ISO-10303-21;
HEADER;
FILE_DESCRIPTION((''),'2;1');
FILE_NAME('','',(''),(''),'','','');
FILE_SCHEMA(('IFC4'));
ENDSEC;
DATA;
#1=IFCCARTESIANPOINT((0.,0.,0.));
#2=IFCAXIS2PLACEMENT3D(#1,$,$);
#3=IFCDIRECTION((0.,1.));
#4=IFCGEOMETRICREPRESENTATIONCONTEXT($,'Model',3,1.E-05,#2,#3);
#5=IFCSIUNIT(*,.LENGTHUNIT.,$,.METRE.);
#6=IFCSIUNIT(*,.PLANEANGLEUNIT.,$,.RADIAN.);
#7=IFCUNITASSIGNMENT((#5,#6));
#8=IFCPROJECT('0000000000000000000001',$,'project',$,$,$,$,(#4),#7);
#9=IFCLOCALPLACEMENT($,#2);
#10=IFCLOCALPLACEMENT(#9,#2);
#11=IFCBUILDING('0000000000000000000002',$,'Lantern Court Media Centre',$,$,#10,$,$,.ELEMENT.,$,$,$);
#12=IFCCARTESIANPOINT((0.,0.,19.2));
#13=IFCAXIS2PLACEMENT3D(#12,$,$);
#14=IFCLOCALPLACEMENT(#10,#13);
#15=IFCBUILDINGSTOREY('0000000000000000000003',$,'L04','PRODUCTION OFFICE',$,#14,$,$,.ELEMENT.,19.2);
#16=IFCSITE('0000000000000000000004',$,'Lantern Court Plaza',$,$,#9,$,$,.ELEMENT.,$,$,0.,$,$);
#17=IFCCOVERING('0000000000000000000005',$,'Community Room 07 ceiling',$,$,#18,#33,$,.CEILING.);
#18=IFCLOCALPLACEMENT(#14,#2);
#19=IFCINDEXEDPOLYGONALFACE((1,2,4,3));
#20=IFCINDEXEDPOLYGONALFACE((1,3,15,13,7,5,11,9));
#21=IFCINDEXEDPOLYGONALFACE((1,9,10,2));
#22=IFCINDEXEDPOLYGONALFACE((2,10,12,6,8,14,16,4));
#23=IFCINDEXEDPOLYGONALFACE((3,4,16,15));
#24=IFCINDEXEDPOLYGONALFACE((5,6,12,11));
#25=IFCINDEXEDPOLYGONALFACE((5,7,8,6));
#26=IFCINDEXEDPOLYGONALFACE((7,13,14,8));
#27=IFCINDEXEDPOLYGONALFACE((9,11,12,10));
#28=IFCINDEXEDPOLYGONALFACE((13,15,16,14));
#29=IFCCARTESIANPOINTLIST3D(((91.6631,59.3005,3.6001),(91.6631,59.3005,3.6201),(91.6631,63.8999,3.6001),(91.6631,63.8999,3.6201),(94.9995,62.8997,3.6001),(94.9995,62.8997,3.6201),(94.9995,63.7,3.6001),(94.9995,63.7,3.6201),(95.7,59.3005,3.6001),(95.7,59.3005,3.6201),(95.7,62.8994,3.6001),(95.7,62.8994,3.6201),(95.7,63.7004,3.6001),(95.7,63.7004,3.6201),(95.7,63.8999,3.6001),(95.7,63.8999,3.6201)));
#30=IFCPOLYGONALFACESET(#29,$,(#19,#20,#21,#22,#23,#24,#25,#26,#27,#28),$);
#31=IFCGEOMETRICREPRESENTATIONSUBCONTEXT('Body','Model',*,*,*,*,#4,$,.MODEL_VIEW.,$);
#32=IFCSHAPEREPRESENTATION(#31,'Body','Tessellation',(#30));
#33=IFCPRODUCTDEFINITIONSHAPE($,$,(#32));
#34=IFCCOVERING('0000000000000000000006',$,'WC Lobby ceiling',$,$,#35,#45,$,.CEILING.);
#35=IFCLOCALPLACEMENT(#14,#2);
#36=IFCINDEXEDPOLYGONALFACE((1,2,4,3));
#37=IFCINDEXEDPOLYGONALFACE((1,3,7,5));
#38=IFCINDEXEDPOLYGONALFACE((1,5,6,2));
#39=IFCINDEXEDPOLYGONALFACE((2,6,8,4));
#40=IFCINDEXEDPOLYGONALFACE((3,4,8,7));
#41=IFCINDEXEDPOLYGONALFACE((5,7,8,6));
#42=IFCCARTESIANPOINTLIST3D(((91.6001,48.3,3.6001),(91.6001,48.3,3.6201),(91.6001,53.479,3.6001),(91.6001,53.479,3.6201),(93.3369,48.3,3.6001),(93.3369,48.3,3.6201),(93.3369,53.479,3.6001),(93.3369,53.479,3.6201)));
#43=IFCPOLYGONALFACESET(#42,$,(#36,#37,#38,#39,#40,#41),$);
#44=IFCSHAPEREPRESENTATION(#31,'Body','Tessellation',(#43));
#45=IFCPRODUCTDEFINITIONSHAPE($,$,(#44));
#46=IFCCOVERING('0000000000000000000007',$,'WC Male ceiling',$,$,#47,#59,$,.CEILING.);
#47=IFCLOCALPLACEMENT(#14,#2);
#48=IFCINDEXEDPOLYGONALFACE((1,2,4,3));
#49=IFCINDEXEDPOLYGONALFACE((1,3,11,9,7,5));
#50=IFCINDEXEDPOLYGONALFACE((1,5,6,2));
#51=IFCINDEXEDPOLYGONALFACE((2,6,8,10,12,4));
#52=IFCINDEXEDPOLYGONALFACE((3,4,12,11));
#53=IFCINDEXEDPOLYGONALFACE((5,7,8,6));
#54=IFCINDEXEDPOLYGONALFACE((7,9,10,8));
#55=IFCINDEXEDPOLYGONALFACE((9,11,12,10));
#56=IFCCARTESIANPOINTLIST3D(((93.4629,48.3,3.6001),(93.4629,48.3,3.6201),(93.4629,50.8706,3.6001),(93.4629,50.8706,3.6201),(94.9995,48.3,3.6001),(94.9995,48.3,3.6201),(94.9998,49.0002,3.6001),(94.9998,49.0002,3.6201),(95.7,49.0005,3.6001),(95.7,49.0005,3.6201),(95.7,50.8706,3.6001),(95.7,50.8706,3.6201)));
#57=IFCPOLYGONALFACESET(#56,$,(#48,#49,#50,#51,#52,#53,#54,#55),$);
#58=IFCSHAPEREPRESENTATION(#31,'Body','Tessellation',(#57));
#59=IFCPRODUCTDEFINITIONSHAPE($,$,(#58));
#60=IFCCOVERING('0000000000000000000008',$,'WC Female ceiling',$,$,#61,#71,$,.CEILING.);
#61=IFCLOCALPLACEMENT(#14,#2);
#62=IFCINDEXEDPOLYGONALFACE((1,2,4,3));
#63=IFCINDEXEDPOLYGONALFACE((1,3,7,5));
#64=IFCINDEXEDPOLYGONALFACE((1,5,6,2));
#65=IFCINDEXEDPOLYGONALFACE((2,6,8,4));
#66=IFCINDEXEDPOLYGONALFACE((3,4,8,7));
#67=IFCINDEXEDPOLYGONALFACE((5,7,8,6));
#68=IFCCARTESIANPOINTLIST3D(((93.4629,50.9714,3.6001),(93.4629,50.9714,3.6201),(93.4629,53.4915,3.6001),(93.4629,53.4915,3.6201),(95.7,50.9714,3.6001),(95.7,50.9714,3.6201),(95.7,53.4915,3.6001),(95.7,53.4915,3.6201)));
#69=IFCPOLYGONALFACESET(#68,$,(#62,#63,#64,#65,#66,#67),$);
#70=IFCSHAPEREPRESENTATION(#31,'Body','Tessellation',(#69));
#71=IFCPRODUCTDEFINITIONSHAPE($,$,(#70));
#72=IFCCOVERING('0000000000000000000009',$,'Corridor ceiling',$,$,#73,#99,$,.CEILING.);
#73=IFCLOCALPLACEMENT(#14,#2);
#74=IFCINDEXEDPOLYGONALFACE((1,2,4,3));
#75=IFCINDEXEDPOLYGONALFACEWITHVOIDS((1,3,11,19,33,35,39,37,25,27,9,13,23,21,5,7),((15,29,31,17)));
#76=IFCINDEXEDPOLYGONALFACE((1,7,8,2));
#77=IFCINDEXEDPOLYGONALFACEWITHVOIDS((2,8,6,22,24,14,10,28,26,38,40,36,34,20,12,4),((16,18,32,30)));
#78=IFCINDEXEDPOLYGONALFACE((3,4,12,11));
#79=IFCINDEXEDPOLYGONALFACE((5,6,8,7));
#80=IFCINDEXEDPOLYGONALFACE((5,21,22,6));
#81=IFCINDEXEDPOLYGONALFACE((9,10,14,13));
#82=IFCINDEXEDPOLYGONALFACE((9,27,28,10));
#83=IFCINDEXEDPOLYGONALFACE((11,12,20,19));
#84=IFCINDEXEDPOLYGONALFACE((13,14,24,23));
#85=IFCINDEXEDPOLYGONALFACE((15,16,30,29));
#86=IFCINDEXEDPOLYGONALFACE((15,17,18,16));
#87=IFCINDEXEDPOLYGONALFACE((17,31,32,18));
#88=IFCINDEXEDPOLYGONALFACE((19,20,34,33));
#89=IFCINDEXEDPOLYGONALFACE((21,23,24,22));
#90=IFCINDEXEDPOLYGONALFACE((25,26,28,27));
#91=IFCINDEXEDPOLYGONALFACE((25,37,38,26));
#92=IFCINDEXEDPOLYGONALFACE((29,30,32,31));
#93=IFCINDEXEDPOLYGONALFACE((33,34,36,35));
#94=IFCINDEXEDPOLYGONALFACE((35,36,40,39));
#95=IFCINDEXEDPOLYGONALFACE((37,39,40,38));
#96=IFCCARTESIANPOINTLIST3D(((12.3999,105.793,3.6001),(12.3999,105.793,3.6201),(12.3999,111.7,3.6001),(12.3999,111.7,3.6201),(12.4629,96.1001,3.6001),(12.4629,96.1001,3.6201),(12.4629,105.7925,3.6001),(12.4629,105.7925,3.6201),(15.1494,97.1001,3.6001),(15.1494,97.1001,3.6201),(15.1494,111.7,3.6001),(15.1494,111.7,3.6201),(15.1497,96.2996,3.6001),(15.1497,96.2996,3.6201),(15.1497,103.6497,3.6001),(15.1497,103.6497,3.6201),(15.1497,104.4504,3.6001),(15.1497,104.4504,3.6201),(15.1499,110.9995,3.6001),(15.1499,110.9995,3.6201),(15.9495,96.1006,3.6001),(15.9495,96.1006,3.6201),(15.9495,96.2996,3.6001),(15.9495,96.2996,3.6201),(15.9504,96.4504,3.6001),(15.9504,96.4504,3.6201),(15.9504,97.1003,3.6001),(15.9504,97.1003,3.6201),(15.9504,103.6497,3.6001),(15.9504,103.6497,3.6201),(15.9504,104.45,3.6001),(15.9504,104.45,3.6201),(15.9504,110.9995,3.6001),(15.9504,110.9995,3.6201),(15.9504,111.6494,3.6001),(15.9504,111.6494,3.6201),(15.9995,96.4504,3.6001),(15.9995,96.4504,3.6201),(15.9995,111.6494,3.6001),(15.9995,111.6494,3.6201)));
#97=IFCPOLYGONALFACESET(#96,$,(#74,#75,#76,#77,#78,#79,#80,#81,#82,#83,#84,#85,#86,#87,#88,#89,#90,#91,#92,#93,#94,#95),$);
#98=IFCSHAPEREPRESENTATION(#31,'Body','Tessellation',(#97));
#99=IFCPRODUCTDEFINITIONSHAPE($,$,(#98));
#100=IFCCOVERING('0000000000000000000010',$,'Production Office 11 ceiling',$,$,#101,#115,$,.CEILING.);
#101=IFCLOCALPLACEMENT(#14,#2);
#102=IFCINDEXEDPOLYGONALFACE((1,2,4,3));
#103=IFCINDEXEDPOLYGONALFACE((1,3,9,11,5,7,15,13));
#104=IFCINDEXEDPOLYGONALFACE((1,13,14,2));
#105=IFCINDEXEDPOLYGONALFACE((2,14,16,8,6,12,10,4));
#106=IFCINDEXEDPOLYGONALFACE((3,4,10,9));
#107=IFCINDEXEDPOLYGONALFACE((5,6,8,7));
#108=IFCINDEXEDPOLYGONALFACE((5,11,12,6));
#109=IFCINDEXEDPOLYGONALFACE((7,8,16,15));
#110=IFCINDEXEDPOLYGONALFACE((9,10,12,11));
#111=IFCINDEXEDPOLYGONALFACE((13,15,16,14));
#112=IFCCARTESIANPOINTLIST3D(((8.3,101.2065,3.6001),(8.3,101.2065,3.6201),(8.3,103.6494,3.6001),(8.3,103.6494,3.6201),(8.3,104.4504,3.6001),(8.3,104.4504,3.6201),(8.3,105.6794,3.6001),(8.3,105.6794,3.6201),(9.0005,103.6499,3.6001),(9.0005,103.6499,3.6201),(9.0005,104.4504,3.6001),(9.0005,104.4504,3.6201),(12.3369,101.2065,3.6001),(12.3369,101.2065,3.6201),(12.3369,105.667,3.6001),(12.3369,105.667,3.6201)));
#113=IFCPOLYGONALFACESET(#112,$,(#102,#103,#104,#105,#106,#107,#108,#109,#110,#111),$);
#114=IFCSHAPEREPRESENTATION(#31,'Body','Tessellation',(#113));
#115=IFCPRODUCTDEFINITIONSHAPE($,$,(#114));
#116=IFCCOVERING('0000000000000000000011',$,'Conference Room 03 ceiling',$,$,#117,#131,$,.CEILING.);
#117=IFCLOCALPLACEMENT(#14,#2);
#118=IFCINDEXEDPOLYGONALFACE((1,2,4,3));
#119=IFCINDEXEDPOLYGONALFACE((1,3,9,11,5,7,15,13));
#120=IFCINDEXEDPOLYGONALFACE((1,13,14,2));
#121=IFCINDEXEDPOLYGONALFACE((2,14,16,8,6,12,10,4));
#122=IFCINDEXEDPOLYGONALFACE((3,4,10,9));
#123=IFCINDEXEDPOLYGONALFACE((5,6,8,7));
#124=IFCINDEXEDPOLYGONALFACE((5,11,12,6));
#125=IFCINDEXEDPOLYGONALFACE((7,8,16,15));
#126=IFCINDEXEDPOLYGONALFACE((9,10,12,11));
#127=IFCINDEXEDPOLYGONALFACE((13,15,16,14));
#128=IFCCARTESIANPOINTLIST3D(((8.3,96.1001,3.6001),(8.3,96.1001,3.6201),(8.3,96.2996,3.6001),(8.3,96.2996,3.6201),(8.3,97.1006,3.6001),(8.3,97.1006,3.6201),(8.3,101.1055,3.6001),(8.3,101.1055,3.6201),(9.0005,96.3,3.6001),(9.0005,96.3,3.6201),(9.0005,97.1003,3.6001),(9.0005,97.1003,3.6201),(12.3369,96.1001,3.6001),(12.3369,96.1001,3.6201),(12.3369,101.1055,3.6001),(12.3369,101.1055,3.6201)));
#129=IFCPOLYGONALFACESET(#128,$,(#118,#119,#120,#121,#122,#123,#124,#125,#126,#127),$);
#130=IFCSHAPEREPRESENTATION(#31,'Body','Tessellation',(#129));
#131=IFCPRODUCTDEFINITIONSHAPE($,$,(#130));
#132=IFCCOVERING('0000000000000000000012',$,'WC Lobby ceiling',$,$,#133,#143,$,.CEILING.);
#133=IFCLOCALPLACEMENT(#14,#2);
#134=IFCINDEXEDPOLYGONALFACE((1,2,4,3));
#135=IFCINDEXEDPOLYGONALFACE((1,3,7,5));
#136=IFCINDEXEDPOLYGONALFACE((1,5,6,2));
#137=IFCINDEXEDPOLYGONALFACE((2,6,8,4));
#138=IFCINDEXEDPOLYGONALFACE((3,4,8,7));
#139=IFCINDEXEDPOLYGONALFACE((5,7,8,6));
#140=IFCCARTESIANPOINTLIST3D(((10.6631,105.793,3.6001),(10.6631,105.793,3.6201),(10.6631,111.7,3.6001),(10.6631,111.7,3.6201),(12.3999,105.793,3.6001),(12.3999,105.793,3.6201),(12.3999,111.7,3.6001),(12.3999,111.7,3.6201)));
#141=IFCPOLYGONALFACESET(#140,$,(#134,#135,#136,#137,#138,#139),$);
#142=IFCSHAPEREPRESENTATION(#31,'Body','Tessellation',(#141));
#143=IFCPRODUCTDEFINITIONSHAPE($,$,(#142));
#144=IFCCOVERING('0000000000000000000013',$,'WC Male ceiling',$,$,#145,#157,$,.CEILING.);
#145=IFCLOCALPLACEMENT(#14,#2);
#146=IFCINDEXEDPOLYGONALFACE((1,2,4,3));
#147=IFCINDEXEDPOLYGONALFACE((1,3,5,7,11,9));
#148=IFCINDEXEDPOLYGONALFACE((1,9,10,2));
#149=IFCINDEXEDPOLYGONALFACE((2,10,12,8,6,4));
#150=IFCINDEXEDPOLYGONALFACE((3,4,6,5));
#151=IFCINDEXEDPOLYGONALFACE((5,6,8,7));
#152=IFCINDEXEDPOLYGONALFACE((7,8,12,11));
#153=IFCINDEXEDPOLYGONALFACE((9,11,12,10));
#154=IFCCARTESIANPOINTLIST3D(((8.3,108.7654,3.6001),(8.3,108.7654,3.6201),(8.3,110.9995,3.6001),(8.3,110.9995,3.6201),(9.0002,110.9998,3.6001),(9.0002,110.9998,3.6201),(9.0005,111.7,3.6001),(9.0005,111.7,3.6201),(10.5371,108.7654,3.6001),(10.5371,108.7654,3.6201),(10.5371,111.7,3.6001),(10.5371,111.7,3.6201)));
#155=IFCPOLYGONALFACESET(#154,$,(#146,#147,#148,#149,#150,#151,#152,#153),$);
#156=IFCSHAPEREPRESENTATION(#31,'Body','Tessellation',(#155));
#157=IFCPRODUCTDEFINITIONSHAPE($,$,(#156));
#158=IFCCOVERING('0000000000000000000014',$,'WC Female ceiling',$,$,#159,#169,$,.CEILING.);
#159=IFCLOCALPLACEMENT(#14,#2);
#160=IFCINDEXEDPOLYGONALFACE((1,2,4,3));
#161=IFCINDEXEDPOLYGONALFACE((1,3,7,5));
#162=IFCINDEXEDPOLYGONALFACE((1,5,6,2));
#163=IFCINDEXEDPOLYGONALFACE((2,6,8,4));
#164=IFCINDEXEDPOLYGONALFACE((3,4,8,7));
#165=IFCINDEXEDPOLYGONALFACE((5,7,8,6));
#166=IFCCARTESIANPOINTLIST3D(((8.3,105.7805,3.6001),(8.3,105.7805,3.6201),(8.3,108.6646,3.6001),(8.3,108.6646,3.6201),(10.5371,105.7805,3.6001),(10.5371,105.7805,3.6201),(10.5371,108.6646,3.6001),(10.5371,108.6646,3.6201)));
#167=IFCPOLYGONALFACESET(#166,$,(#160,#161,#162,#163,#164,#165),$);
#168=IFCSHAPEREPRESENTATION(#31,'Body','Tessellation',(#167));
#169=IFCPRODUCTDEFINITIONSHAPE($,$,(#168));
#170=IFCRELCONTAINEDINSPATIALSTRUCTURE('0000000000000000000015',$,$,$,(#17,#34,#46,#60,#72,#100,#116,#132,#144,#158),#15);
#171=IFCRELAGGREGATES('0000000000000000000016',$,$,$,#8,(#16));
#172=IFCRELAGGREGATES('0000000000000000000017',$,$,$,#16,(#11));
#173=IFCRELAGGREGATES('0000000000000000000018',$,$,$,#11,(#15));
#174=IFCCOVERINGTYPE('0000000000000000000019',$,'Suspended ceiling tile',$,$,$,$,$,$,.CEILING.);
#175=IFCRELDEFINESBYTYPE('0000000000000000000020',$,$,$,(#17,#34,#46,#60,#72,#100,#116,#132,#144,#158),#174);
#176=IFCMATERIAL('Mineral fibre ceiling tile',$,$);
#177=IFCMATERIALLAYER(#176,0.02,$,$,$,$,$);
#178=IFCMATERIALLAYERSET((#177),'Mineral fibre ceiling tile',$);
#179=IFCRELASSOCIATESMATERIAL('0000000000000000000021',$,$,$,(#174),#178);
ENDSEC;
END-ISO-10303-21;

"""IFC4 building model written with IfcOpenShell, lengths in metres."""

from ifc_helpers import new_model, si_unit, direction, frame, origin, place, context, subcontext, project, spatial, polyline, outline, extrude, material, layer, layer_set, type_object, element, save


model = new_model("IFC4")

# Units and contexts
model_context = context("Model", 3, precision=1e-05, world=origin(), true_north=direction((0.0, 1.0)))
body_context = subcontext(model_context, "Body", "Model", "MODEL_VIEW")
ifc_project = project(units=[si_unit("LENGTHUNIT", "METRE"), si_unit("PLANEANGLEUNIT", "RADIAN")], contexts=[model_context])

# Site, building, storey
site_placement = place(None, origin())
site = spatial("IfcSite", under=ifc_project, at=site_placement, Name="Lantern Court Plaza", CompositionType="ELEMENT", RefElevation=0.0)
building_placement = place(site_placement, origin())
building = spatial("IfcBuilding", under=site, at=building_placement, Name="Lantern Court Media Centre", CompositionType="ELEMENT")
storey_placement = place(building_placement, frame((0.0, 0.0, 19.2)))
storey = spatial("IfcBuildingStorey", under=building, at=storey_placement, Name="L04", Description="PRODUCTION OFFICE", CompositionType="ELEMENT", Elevation=19.2)

# Coverings
ifc_material = material(Name="Mineral fibre ceiling tile")
ifc_layer = layer(ifc_material, 0.02)
ifc_layer_set = layer_set([ifc_layer], Name="Mineral fibre ceiling tile")
covering_type = type_object("IfcCoveringType", Name="Suspended ceiling tile", PredefinedType="CEILING", material=ifc_layer_set)
covering_1_placement = place(storey_placement, frame((0.0, 0.0, 3.6001)))
element("IfcCovering", 1, at=covering_1_placement, inside=storey, type_object=covering_type, Name="Community Room 07 ceiling", PredefinedType="CEILING", context=body_context, shape_type="SweptSolid", body=[
    extrude(outline(polyline([(95.7, 59.3005), (91.6631, 59.3005), (91.6631, 63.8999), (95.7, 63.8999), (95.7, 63.7004), (94.9995, 63.7), (94.9995, 62.8997), (95.7, 62.8994), (95.7, 59.3005)])), origin(), (0.0, 0.0, 1.0), 0.02),
])
covering_2_placement = place(storey_placement, frame((0.0, 0.0, 3.6001)))
element("IfcCovering", 2, at=covering_2_placement, inside=storey, type_object=covering_type, Name="WC Lobby ceiling", PredefinedType="CEILING", context=body_context, shape_type="SweptSolid", body=[
    extrude(outline(polyline([(91.6001, 48.3), (91.6001, 53.479), (93.3369, 53.479), (93.3369, 48.3), (91.6001, 48.3)])), origin(), (0.0, 0.0, 1.0), 0.02),
])
covering_3_placement = place(storey_placement, frame((0.0, 0.0, 3.6001)))
element("IfcCovering", 3, at=covering_3_placement, inside=storey, type_object=covering_type, Name="WC Male ceiling", PredefinedType="CEILING", context=body_context, shape_type="SweptSolid", body=[
    extrude(outline(polyline([(95.7, 49.0005), (94.9998, 49.0002), (94.9995, 48.3), (93.4629, 48.3), (93.4629, 50.8706), (95.7, 50.8706), (95.7, 49.0005)])), origin(), (0.0, 0.0, 1.0), 0.02),
])
covering_4_placement = place(storey_placement, frame((0.0, 0.0, 3.6001)))
element("IfcCovering", 4, at=covering_4_placement, inside=storey, type_object=covering_type, Name="WC Female ceiling", PredefinedType="CEILING", context=body_context, shape_type="SweptSolid", body=[
    extrude(outline(polyline([(95.7, 50.9714), (93.4629, 50.9714), (93.4629, 53.4915), (95.7, 53.4915), (95.7, 50.9714)])), origin(), (0.0, 0.0, 1.0), 0.02),
])
covering_5_placement = place(storey_placement, frame((0.0, 0.0, 3.6001)))
element("IfcCovering", 5, at=covering_5_placement, inside=storey, type_object=covering_type, Name="Corridor ceiling", PredefinedType="CEILING", context=body_context, shape_type="SweptSolid", body=[
    extrude(outline(polyline([(12.3999, 111.7), (15.1494, 111.7), (15.1499, 110.9995), (15.9504, 110.9995), (15.9504, 111.6494), (15.9995, 111.6494), (15.9995, 96.4504), (15.9504, 96.4504), (15.9504, 97.1003), (15.1494, 97.1001), (15.1497, 96.2996), (15.9495, 96.2996), (15.9495, 96.1006), (12.4629, 96.1001), (12.4629, 105.7925), (12.3999, 105.793), (12.3999, 111.7)]), holes=[polyline([(15.9504, 104.45), (15.1497, 104.4504), (15.1497, 103.6497), (15.9504, 103.6497), (15.9504, 104.45)])]), origin(), (0.0, 0.0, 1.0), 0.02),
])
covering_6_placement = place(storey_placement, frame((0.0, 0.0, 3.6001)))
element("IfcCovering", 6, at=covering_6_placement, inside=storey, type_object=covering_type, Name="Production Office 11 ceiling", PredefinedType="CEILING", context=body_context, shape_type="SweptSolid", body=[
    extrude(outline(polyline([(8.3, 105.6794), (12.3369, 105.667), (12.3369, 101.2065), (8.3, 101.2065), (8.3, 103.6494), (9.0005, 103.6499), (9.0005, 104.4504), (8.3, 104.4504), (8.3, 105.6794)])), origin(), (0.0, 0.0, 1.0), 0.02),
])
covering_7_placement = place(storey_placement, frame((0.0, 0.0, 3.6001)))
element("IfcCovering", 7, at=covering_7_placement, inside=storey, type_object=covering_type, Name="Conference Room 03 ceiling", PredefinedType="CEILING", context=body_context, shape_type="SweptSolid", body=[
    extrude(outline(polyline([(8.3, 101.1055), (12.3369, 101.1055), (12.3369, 96.1001), (8.3, 96.1001), (8.3, 96.2996), (9.0005, 96.3), (9.0005, 97.1003), (8.3, 97.1006), (8.3, 101.1055)])), origin(), (0.0, 0.0, 1.0), 0.02),
])
covering_8_placement = place(storey_placement, frame((0.0, 0.0, 3.6001)))
element("IfcCovering", 8, at=covering_8_placement, inside=storey, type_object=covering_type, Name="WC Lobby ceiling", PredefinedType="CEILING", context=body_context, shape_type="SweptSolid", body=[
    extrude(outline(polyline([(12.3999, 111.7), (12.3999, 105.793), (10.6631, 105.793), (10.6631, 111.7), (12.3999, 111.7)])), origin(), (0.0, 0.0, 1.0), 0.02),
])
covering_9_placement = place(storey_placement, frame((0.0, 0.0, 3.6001)))
element("IfcCovering", 9, at=covering_9_placement, inside=storey, type_object=covering_type, Name="WC Male ceiling", PredefinedType="CEILING", context=body_context, shape_type="SweptSolid", body=[
    extrude(outline(polyline([(10.5371, 111.7), (10.5371, 108.7654), (8.3, 108.7654), (8.3, 110.9995), (9.0002, 110.9998), (9.0005, 111.7), (10.5371, 111.7)])), origin(), (0.0, 0.0, 1.0), 0.02),
])
covering_10_placement = place(storey_placement, frame((0.0, 0.0, 3.6001)))
element("IfcCovering", 10, at=covering_10_placement, inside=storey, type_object=covering_type, Name="WC Female ceiling", PredefinedType="CEILING", context=body_context, shape_type="SweptSolid", body=[
    extrude(outline(polyline([(8.3, 108.6646), (10.5371, 108.6646), (10.5371, 105.7805), (8.3, 105.7805), (8.3, 108.6646)])), origin(), (0.0, 0.0, 1.0), 0.02),
])

save(model, "model.ifc")
